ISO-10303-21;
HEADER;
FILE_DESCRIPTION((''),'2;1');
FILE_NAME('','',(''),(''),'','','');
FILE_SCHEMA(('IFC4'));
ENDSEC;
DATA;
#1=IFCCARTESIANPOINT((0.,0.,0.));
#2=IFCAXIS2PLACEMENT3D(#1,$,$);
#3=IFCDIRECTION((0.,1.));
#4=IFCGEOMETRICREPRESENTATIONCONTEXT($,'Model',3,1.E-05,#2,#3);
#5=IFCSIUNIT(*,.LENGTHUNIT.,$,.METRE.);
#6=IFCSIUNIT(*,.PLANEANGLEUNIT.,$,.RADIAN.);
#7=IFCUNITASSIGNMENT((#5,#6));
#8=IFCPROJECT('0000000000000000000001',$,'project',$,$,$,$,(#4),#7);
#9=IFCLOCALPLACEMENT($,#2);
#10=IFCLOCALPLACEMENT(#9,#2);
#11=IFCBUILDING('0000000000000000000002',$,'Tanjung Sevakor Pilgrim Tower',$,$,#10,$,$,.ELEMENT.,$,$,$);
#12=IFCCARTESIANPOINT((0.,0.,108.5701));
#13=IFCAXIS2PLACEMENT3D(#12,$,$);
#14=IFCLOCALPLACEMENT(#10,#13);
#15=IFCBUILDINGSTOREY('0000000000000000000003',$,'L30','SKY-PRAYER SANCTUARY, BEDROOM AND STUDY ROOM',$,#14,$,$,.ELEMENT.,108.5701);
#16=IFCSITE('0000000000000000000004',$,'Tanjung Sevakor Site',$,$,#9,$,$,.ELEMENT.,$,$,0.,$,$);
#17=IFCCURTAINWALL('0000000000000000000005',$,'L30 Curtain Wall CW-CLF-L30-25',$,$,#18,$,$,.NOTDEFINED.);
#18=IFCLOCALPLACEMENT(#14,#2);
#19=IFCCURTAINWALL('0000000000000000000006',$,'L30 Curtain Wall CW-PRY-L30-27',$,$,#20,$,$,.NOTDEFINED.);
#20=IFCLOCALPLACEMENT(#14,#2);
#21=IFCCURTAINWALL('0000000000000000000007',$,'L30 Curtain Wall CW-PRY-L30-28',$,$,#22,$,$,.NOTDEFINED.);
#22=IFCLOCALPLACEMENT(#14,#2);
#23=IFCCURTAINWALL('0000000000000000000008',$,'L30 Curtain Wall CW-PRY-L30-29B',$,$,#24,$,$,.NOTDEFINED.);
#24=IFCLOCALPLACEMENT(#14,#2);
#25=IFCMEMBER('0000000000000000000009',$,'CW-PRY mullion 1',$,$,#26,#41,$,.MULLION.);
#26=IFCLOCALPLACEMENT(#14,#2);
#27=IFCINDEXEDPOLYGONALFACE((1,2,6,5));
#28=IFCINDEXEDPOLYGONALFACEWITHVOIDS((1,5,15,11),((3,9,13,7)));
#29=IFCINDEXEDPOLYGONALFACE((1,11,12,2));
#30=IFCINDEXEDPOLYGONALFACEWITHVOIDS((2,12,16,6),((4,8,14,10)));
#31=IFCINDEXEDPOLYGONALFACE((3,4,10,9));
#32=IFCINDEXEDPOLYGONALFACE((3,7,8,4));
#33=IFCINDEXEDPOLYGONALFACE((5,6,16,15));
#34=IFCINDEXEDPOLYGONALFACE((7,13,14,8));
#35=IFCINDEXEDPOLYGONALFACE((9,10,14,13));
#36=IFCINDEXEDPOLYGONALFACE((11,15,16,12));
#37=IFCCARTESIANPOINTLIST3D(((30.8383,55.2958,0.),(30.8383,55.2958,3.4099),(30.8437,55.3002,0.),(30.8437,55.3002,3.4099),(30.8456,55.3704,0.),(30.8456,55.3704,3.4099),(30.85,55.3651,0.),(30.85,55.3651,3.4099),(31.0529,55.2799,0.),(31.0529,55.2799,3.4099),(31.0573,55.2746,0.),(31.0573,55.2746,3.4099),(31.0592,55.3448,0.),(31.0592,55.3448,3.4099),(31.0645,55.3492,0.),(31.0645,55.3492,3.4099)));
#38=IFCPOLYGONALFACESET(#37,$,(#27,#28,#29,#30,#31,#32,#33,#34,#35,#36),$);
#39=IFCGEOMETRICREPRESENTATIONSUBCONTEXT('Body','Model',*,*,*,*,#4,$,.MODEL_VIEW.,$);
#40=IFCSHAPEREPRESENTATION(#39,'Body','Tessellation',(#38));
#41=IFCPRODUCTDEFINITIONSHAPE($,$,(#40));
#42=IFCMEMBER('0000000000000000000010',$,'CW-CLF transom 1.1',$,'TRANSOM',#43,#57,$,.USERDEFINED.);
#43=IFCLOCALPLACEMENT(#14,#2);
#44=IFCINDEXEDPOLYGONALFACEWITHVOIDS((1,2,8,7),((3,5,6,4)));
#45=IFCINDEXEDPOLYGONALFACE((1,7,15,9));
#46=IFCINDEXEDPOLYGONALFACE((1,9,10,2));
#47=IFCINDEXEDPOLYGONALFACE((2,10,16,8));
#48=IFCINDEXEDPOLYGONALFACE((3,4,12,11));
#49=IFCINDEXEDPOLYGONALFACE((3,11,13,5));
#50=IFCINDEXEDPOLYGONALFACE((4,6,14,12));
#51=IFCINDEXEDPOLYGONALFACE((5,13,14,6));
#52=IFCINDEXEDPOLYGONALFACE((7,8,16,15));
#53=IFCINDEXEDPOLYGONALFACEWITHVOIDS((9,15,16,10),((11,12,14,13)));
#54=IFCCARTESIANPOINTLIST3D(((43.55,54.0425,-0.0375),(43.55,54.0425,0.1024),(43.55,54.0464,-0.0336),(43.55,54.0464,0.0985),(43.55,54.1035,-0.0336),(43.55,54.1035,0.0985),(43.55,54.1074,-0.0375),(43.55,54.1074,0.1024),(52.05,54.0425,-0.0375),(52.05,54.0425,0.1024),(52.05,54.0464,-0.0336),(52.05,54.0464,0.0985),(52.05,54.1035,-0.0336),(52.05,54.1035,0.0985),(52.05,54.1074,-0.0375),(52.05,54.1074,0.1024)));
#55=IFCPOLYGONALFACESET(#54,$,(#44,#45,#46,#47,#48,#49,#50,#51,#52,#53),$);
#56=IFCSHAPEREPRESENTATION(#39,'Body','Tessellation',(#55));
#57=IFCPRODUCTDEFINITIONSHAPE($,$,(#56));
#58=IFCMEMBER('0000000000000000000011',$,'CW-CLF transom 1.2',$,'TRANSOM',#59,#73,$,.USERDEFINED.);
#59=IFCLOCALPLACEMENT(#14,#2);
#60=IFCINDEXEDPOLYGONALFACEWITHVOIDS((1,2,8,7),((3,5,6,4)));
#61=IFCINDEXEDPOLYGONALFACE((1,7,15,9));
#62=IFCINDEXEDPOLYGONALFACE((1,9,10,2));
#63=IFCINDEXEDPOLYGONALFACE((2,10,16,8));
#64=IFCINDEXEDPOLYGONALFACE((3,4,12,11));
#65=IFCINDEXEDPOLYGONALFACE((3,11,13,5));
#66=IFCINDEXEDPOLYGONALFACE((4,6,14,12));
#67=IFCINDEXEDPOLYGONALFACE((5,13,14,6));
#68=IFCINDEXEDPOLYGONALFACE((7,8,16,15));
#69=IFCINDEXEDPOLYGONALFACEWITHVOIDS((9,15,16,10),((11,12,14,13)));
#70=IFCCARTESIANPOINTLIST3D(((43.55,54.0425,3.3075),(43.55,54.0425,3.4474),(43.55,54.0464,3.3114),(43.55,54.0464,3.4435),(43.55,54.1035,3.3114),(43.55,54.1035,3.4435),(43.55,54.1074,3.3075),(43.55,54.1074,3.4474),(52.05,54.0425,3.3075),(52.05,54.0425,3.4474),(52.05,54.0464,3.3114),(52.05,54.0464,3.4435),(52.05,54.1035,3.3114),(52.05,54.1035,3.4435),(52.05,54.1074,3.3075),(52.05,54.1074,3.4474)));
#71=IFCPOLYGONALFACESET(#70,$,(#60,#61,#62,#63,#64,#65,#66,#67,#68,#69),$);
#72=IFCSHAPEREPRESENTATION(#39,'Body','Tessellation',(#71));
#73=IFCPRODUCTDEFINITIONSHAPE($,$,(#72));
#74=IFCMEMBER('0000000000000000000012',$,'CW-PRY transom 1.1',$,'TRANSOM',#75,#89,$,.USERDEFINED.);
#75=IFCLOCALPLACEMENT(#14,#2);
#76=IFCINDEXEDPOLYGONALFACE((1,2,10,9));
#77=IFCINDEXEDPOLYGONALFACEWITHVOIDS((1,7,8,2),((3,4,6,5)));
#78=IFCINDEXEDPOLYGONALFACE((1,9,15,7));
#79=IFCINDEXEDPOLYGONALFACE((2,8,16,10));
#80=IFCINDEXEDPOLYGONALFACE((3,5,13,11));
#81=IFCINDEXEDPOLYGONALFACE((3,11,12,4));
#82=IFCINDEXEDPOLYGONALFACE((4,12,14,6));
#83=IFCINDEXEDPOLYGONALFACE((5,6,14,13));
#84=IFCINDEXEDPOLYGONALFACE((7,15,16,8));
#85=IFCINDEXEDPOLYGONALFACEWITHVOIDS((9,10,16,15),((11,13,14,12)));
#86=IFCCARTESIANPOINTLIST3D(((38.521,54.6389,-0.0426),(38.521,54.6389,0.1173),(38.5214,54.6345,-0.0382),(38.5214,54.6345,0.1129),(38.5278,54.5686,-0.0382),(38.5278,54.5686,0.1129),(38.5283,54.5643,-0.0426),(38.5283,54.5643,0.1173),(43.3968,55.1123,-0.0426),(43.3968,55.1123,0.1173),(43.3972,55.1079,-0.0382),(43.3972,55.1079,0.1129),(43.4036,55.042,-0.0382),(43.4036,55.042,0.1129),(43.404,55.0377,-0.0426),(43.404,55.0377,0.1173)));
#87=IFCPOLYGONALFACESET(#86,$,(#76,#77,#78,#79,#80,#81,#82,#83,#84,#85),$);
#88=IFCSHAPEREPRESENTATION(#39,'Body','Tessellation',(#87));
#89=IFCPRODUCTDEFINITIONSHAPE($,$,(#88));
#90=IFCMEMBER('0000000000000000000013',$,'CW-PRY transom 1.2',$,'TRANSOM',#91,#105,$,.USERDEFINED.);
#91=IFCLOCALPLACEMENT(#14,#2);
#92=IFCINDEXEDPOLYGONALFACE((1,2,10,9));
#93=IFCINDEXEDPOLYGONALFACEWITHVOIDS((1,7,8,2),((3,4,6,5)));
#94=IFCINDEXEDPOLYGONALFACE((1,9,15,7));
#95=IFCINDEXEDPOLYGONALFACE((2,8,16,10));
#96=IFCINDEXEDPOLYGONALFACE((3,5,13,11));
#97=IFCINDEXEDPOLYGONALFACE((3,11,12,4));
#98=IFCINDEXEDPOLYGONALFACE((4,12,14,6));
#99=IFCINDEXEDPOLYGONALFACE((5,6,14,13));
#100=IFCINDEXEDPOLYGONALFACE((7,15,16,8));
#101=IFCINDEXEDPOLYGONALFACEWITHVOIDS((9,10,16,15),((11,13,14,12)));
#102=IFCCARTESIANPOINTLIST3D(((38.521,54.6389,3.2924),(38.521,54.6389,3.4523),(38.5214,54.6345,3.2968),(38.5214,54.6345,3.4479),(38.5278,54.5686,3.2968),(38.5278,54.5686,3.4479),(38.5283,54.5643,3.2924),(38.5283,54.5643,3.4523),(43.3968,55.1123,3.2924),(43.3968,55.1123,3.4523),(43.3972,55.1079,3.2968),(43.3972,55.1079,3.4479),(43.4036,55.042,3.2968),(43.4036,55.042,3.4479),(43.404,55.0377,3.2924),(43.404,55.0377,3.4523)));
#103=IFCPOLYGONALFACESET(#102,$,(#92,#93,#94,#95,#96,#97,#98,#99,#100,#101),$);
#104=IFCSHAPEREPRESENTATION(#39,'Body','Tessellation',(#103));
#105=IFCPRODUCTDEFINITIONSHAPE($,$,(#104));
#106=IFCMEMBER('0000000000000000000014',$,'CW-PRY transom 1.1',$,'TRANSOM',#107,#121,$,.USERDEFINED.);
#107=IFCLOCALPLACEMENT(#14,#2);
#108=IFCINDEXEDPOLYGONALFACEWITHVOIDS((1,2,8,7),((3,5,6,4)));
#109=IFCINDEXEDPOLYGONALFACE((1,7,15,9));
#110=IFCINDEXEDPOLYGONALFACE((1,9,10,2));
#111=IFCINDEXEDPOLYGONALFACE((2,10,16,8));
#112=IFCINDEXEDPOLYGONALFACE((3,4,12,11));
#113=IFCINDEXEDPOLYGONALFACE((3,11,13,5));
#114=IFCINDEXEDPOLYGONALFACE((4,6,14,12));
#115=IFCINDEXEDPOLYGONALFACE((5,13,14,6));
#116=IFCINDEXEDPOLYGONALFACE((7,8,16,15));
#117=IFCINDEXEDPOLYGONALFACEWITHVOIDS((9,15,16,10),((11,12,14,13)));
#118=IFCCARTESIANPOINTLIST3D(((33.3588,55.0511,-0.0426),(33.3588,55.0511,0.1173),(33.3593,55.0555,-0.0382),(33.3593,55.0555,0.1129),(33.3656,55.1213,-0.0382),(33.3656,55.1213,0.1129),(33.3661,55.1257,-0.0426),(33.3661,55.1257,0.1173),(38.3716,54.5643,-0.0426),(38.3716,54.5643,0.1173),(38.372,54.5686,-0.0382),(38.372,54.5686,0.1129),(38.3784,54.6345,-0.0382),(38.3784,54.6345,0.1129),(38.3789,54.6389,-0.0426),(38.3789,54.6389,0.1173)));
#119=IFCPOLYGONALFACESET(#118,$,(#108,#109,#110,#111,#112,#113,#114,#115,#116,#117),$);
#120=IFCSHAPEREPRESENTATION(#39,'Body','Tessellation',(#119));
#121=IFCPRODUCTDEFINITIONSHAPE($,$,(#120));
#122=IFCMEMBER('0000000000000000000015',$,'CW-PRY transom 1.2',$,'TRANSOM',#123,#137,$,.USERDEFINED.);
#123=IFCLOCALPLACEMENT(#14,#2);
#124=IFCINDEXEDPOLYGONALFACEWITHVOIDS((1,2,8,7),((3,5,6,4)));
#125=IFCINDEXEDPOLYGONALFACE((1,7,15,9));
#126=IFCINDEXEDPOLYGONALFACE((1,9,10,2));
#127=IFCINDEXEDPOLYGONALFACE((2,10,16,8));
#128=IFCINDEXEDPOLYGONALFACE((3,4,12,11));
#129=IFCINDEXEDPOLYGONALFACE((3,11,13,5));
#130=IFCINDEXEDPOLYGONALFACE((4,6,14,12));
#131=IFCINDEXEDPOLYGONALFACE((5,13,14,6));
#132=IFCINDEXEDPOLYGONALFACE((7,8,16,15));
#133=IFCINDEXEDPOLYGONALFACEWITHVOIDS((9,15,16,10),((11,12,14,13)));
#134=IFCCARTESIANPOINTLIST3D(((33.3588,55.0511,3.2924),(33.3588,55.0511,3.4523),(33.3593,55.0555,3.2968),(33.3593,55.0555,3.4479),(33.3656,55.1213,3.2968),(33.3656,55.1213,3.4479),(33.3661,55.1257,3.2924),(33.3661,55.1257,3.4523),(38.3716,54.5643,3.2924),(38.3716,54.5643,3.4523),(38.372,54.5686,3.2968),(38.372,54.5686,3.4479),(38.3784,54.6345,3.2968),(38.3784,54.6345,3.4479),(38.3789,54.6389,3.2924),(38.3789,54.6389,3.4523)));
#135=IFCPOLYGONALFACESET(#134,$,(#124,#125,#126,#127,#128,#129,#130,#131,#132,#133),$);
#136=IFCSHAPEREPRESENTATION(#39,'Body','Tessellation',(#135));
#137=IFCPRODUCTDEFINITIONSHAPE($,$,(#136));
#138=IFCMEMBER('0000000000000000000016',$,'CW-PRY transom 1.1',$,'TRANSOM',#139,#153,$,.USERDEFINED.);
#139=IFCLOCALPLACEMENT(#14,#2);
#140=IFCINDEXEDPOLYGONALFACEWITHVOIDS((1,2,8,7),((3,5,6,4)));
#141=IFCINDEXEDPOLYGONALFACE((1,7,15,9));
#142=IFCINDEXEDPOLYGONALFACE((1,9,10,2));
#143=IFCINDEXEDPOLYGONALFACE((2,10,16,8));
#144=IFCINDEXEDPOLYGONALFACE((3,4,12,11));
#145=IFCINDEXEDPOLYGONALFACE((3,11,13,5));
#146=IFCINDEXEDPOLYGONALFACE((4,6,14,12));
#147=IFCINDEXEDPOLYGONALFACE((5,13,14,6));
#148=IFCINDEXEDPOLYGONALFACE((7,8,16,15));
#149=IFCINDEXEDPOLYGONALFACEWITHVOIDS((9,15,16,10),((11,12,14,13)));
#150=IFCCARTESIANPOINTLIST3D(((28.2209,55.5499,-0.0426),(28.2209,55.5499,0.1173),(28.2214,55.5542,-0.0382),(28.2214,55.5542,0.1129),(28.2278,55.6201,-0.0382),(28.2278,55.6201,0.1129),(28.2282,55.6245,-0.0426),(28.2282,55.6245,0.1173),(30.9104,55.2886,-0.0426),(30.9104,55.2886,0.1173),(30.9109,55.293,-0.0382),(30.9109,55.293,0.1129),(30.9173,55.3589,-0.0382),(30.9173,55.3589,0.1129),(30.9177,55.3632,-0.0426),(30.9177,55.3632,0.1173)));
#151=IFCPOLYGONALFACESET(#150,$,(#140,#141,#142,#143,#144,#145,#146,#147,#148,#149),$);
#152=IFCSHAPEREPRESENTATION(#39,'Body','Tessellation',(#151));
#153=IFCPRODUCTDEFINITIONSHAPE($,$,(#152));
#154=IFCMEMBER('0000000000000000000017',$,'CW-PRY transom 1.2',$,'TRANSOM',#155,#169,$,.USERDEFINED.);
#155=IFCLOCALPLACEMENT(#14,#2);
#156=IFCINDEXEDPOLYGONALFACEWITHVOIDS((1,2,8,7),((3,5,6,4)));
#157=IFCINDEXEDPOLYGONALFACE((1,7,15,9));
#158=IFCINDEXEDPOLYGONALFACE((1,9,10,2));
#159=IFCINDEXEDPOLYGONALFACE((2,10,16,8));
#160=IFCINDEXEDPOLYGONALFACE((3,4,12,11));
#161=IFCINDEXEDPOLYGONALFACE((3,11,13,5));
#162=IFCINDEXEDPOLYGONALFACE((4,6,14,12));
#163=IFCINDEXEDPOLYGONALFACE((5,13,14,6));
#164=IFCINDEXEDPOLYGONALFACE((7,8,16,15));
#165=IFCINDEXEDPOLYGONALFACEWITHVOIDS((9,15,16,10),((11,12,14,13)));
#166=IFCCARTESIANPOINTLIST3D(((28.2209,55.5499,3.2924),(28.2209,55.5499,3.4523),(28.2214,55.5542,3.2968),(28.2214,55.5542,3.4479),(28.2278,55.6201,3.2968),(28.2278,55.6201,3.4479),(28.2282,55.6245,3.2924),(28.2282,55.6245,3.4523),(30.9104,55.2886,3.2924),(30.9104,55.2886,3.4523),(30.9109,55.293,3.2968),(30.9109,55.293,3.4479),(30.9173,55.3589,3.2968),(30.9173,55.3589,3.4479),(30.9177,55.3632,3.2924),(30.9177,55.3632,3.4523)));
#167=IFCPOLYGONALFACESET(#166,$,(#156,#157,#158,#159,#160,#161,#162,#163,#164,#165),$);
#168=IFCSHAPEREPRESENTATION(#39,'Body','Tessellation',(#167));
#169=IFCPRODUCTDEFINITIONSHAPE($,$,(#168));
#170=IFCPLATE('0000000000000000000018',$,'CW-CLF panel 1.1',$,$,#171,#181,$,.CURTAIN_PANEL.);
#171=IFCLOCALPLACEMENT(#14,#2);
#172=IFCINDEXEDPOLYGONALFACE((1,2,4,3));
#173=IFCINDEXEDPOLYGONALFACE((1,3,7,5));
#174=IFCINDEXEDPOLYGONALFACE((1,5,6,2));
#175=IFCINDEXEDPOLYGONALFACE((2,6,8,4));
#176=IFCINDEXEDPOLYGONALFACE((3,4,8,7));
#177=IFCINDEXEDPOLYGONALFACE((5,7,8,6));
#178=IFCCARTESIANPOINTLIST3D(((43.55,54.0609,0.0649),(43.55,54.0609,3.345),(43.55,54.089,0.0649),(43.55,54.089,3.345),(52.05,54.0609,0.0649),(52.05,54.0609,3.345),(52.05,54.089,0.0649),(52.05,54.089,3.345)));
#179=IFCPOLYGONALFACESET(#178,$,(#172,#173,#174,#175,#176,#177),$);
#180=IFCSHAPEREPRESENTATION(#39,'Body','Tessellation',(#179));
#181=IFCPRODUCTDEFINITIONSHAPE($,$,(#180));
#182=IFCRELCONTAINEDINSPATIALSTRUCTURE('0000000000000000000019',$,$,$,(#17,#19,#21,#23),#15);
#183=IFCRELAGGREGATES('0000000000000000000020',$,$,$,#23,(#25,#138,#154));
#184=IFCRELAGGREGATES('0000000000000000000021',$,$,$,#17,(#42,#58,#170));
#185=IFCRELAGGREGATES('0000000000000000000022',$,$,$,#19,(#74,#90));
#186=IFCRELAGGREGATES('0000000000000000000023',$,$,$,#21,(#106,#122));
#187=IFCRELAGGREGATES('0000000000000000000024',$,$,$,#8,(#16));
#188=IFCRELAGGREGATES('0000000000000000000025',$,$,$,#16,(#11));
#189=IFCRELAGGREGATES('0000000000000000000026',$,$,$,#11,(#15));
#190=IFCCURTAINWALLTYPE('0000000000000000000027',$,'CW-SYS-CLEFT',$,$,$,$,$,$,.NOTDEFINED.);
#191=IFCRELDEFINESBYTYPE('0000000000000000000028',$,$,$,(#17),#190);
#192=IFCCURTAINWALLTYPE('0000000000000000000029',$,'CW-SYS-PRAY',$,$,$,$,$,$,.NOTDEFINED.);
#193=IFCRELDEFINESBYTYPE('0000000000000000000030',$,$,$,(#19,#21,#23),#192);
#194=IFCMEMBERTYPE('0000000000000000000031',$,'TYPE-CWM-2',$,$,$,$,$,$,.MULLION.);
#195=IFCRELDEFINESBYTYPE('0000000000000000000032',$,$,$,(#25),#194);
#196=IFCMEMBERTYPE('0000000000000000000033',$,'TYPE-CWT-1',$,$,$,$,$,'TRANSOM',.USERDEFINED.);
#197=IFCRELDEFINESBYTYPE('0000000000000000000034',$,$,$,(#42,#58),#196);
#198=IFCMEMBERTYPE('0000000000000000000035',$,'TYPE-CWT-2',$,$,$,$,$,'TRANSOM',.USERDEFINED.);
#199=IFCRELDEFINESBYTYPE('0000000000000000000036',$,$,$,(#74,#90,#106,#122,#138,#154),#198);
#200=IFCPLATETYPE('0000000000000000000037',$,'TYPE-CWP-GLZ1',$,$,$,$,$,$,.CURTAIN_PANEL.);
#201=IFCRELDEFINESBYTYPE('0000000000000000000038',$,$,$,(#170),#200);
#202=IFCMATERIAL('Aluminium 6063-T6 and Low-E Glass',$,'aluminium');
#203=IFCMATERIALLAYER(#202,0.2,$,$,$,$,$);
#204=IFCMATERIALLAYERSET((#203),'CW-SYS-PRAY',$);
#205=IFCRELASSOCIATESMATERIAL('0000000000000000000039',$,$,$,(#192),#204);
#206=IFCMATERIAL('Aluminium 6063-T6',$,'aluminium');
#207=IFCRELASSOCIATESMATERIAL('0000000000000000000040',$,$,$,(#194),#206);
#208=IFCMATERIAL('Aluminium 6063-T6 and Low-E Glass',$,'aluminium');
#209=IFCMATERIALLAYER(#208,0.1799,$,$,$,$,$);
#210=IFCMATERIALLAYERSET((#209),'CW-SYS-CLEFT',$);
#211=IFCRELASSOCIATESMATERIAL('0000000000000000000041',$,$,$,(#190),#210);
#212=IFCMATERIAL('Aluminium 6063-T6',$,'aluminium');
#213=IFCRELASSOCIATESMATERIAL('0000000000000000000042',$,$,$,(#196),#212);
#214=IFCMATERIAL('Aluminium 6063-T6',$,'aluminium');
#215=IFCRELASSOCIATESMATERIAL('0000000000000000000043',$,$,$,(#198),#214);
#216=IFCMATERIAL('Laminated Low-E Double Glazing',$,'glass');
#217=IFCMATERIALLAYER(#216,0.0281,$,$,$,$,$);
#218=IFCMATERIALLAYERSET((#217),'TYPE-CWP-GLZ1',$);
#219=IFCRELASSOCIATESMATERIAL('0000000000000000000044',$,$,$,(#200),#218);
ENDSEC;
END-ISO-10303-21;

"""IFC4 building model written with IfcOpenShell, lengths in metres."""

from ifc_helpers import new_model, si_unit, direction, frame, origin, origin_2d, place, context, subcontext, project, spatial, rectangle, hollow_rectangle, extrude, material, layer, layer_set, material_profile, profile_set, type_object, element, aggregate, save


model = new_model("IFC4")

# Units and contexts
model_context = context("Model", 3, precision=1e-05, world=origin(), true_north=direction((0.0, 1.0)))
body_context = subcontext(model_context, "Body", "Model", "MODEL_VIEW")
ifc_project = project(units=[si_unit("LENGTHUNIT", "METRE"), si_unit("PLANEANGLEUNIT", "RADIAN")], contexts=[model_context])

# Site, building, storey
site_placement = place(None, origin())
site = spatial("IfcSite", under=ifc_project, at=site_placement, Name="Tanjung Sevakor Site", CompositionType="ELEMENT", RefElevation=0.0)
building_placement = place(site_placement, origin())
building = spatial("IfcBuilding", under=site, at=building_placement, Name="Tanjung Sevakor Pilgrim Tower", CompositionType="ELEMENT")
storey_placement = place(building_placement, frame((0.0, 0.0, 108.5701)))
storey = spatial("IfcBuildingStorey", under=building, at=storey_placement, Name="L30", Description="SKY-PRAYER SANCTUARY, BEDROOM AND STUDY ROOM", CompositionType="ELEMENT", Elevation=108.5701)

# Shared definitions
ifc_material_1 = material(Name="Aluminium 6063-T6 and Low-E Glass", Category="aluminium")
ifc_layer_1 = layer(ifc_material_1, 0.2)
ifc_layer_set_1 = layer_set([ifc_layer_1], Name="CW-SYS-PRAY")
curtain_wall_type_1 = type_object("IfcCurtainWallType", Name="CW-SYS-PRAY", PredefinedType="NOTDEFINED", material=ifc_layer_set_1)
ifc_material_2 = material(Name="Aluminium 6063-T6", Category="aluminium")
ifc_material_profile_1 = material_profile(ifc_material_2, hollow_rectangle(XDim=0.075, YDim=0.22, WallThickness=0.0049, at=origin_2d()))
ifc_profile_set_1 = profile_set([ifc_material_profile_1], Name="Aluminium 6063-T6")
member_type_1 = type_object("IfcMemberType", Name="TYPE-CWM-2", PredefinedType="MULLION", material=ifc_profile_set_1)

# Curtain walls
ifc_material_3 = material(Name="Aluminium 6063-T6 and Low-E Glass", Category="aluminium")
ifc_layer_2 = layer(ifc_material_3, 0.1799)
ifc_layer_set_2 = layer_set([ifc_layer_2], Name="CW-SYS-CLEFT")
curtain_wall_type_2 = type_object("IfcCurtainWallType", Name="CW-SYS-CLEFT", PredefinedType="NOTDEFINED", material=ifc_layer_set_2)
curtain_wall_1_placement = place(storey_placement, origin())
curtain_wall_1 = element("IfcCurtainWall", 1, at=curtain_wall_1_placement, inside=storey, type_object=curtain_wall_type_2, Name="L30 Curtain Wall CW-CLF-L30-25", PredefinedType="NOTDEFINED")
curtain_wall_2_placement = place(storey_placement, origin())
curtain_wall_2 = element("IfcCurtainWall", 2, at=curtain_wall_2_placement, inside=storey, type_object=curtain_wall_type_1, Name="L30 Curtain Wall CW-PRY-L30-27", PredefinedType="NOTDEFINED")
curtain_wall_3_placement = place(storey_placement, origin())
curtain_wall_3 = element("IfcCurtainWall", 3, at=curtain_wall_3_placement, inside=storey, type_object=curtain_wall_type_1, Name="L30 Curtain Wall CW-PRY-L30-28", PredefinedType="NOTDEFINED")

# Curtain wall, member
curtain_wall_4_placement = place(storey_placement, origin())
curtain_wall_4 = element("IfcCurtainWall", 4, at=curtain_wall_4_placement, inside=storey, type_object=curtain_wall_type_1, Name="L30 Curtain Wall CW-PRY-L30-29B", PredefinedType="NOTDEFINED")
member_1_placement = place(storey_placement, frame((30.9514, 55.3225, 0.0), z_axis=(0.0, 0.0, 1.0), x_axis=(-0.096632, -0.99532, 0.0)))
member_1 = element("IfcMember", 5, at=member_1_placement, type_object=member_type_1, Name="CW-PRY mullion 1", PredefinedType="MULLION", context=body_context, shape_type="SweptSolid", body=[
    extrude(hollow_rectangle(XDim=0.075, YDim=0.22, WallThickness=0.0049, at=origin_2d()), origin(), (0.0, 0.0, 1.0), 3.4099),
])

# Members
ifc_material_4 = material(Name="Aluminium 6063-T6", Category="aluminium")
ifc_material_profile_2 = material_profile(ifc_material_4, hollow_rectangle(XDim=0.0649, YDim=0.1399, WallThickness=0.0039, at=origin_2d()))
ifc_profile_set_2 = profile_set([ifc_material_profile_2], Name="Aluminium 6063-T6")
member_type_2 = type_object("IfcMemberType", Name="TYPE-CWT-1", ElementType="TRANSOM", PredefinedType="USERDEFINED", material=ifc_profile_set_2)
member_2_placement = place(storey_placement, frame((52.05, 54.075, 0.0325), z_axis=(-1.0, 0.0, 0.0), x_axis=(0.0, -1.0, 0.0)))
member_2 = element("IfcMember", 6, at=member_2_placement, type_object=member_type_2, Name="CW-CLF transom 1.1", ObjectType="TRANSOM", PredefinedType="USERDEFINED", context=body_context, shape_type="SweptSolid", body=[
    extrude(hollow_rectangle(XDim=0.0649, YDim=0.1399, WallThickness=0.0039, at=origin_2d()), origin(), (0.0, 0.0, 1.0), 8.5),
])
member_3_placement = place(storey_placement, frame((52.05, 54.075, 3.3774), z_axis=(-1.0, 0.0, 0.0), x_axis=(0.0, -1.0, 0.0)))
member_3 = element("IfcMember", 7, at=member_3_placement, type_object=member_type_2, Name="CW-CLF transom 1.2", ObjectType="TRANSOM", PredefinedType="USERDEFINED", context=body_context, shape_type="SweptSolid", body=[
    extrude(hollow_rectangle(XDim=0.0649, YDim=0.1399, WallThickness=0.0039, at=origin_2d()), origin(), (0.0, 0.0, 1.0), 8.5),
])
ifc_material_5 = material(Name="Aluminium 6063-T6", Category="aluminium")
ifc_material_profile_3 = material_profile(ifc_material_5, hollow_rectangle(XDim=0.075, YDim=0.1599, WallThickness=0.0044, at=origin_2d()))
ifc_profile_set_3 = profile_set([ifc_material_profile_3], Name="Aluminium 6063-T6")
member_type_3 = type_object("IfcMemberType", Name="TYPE-CWT-2", ElementType="TRANSOM", PredefinedType="USERDEFINED", material=ifc_profile_set_3)
member_4_placement = place(storey_placement, frame((43.4004, 55.075, 0.0374), z_axis=(-0.99532, -0.096636, 0.0), x_axis=(0.096636, -0.99532, 0.0)))
member_4 = element("IfcMember", 8, at=member_4_placement, type_object=member_type_3, Name="CW-PRY transom 1.1", ObjectType="TRANSOM", PredefinedType="USERDEFINED", context=body_context, shape_type="SweptSolid", body=[
    extrude(hollow_rectangle(XDim=0.075, YDim=0.1599, WallThickness=0.0044, at=origin_2d()), origin(), (0.0, 0.0, 1.0), 4.8987),
])
member_5_placement = place(storey_placement, frame((43.4004, 55.075, 3.3723), z_axis=(-0.99532, -0.096636, 0.0), x_axis=(0.096636, -0.99532, 0.0)))
member_5 = element("IfcMember", 9, at=member_5_placement, type_object=member_type_3, Name="CW-PRY transom 1.2", ObjectType="TRANSOM", PredefinedType="USERDEFINED", context=body_context, shape_type="SweptSolid", body=[
    extrude(hollow_rectangle(XDim=0.075, YDim=0.1599, WallThickness=0.0044, at=origin_2d()), origin(), (0.0, 0.0, 1.0), 4.8987),
])
member_6_placement = place(storey_placement, frame((38.3752, 54.6016, 0.0374), z_axis=(-0.995317, 0.096662, 0.0), x_axis=(-0.096662, -0.995317, 0.0)))
member_6 = element("IfcMember", 10, at=member_6_placement, type_object=member_type_3, Name="CW-PRY transom 1.1", ObjectType="TRANSOM", PredefinedType="USERDEFINED", context=body_context, shape_type="SweptSolid", body=[
    extrude(hollow_rectangle(XDim=0.075, YDim=0.1599, WallThickness=0.0044, at=origin_2d()), origin(), (0.0, 0.0, 1.0), 5.0364),
])
member_7_placement = place(storey_placement, frame((38.3752, 54.6016, 3.3723), z_axis=(-0.995317, 0.096662, 0.0), x_axis=(-0.096662, -0.995317, 0.0)))
member_7 = element("IfcMember", 11, at=member_7_placement, type_object=member_type_3, Name="CW-PRY transom 1.2", ObjectType="TRANSOM", PredefinedType="USERDEFINED", context=body_context, shape_type="SweptSolid", body=[
    extrude(hollow_rectangle(XDim=0.075, YDim=0.1599, WallThickness=0.0044, at=origin_2d()), origin(), (0.0, 0.0, 1.0), 5.0364),
])
member_8_placement = place(storey_placement, frame((30.9141, 55.3259, 0.0374), z_axis=(-0.995316, 0.096676, 0.0), x_axis=(-0.096676, -0.995316, 0.0)))
member_8 = element("IfcMember", 12, at=member_8_placement, type_object=member_type_3, Name="CW-PRY transom 1.1", ObjectType="TRANSOM", PredefinedType="USERDEFINED", context=body_context, shape_type="SweptSolid", body=[
    extrude(hollow_rectangle(XDim=0.075, YDim=0.1599, WallThickness=0.0044, at=origin_2d()), origin(), (0.0, 0.0, 1.0), 2.7021),
])
member_9_placement = place(storey_placement, frame((30.9141, 55.3259, 3.3723), z_axis=(-0.995316, 0.096676, 0.0), x_axis=(-0.096676, -0.995316, 0.0)))
member_9 = element("IfcMember", 13, at=member_9_placement, type_object=member_type_3, Name="CW-PRY transom 1.2", ObjectType="TRANSOM", PredefinedType="USERDEFINED", context=body_context, shape_type="SweptSolid", body=[
    extrude(hollow_rectangle(XDim=0.075, YDim=0.1599, WallThickness=0.0044, at=origin_2d()), origin(), (0.0, 0.0, 1.0), 2.7021),
])
aggregate(curtain_wall_4, [member_1, member_8, member_9])

# Plate
ifc_material_6 = material(Name="Laminated Low-E Double Glazing", Category="glass")
ifc_layer_3 = layer(ifc_material_6, 0.0281)
ifc_layer_set_3 = layer_set([ifc_layer_3], Name="TYPE-CWP-GLZ1")
plate_type_1 = type_object("IfcPlateType", Name="TYPE-CWP-GLZ1", PredefinedType="CURTAIN_PANEL", material=ifc_layer_set_3)
plate_1_placement = place(storey_placement, frame((47.8, 54.075, 0.0649), z_axis=(0.0, 0.0, 1.0), x_axis=(-1.0, 0.0, 0.0)))
plate_1 = element("IfcPlate", 14, at=plate_1_placement, type_object=plate_type_1, Name="CW-CLF panel 1.1", PredefinedType="CURTAIN_PANEL", context=body_context, shape_type="SweptSolid", body=[
    extrude(rectangle(XDim=8.5, YDim=0.0281, at=origin_2d()), origin(), (0.0, 0.0, 1.0), 3.28),
])
aggregate(curtain_wall_1, [member_2, member_3, plate_1])
aggregate(curtain_wall_2, [member_4, member_5])
aggregate(curtain_wall_3, [member_6, member_7])

save(model, "model.ifc")
